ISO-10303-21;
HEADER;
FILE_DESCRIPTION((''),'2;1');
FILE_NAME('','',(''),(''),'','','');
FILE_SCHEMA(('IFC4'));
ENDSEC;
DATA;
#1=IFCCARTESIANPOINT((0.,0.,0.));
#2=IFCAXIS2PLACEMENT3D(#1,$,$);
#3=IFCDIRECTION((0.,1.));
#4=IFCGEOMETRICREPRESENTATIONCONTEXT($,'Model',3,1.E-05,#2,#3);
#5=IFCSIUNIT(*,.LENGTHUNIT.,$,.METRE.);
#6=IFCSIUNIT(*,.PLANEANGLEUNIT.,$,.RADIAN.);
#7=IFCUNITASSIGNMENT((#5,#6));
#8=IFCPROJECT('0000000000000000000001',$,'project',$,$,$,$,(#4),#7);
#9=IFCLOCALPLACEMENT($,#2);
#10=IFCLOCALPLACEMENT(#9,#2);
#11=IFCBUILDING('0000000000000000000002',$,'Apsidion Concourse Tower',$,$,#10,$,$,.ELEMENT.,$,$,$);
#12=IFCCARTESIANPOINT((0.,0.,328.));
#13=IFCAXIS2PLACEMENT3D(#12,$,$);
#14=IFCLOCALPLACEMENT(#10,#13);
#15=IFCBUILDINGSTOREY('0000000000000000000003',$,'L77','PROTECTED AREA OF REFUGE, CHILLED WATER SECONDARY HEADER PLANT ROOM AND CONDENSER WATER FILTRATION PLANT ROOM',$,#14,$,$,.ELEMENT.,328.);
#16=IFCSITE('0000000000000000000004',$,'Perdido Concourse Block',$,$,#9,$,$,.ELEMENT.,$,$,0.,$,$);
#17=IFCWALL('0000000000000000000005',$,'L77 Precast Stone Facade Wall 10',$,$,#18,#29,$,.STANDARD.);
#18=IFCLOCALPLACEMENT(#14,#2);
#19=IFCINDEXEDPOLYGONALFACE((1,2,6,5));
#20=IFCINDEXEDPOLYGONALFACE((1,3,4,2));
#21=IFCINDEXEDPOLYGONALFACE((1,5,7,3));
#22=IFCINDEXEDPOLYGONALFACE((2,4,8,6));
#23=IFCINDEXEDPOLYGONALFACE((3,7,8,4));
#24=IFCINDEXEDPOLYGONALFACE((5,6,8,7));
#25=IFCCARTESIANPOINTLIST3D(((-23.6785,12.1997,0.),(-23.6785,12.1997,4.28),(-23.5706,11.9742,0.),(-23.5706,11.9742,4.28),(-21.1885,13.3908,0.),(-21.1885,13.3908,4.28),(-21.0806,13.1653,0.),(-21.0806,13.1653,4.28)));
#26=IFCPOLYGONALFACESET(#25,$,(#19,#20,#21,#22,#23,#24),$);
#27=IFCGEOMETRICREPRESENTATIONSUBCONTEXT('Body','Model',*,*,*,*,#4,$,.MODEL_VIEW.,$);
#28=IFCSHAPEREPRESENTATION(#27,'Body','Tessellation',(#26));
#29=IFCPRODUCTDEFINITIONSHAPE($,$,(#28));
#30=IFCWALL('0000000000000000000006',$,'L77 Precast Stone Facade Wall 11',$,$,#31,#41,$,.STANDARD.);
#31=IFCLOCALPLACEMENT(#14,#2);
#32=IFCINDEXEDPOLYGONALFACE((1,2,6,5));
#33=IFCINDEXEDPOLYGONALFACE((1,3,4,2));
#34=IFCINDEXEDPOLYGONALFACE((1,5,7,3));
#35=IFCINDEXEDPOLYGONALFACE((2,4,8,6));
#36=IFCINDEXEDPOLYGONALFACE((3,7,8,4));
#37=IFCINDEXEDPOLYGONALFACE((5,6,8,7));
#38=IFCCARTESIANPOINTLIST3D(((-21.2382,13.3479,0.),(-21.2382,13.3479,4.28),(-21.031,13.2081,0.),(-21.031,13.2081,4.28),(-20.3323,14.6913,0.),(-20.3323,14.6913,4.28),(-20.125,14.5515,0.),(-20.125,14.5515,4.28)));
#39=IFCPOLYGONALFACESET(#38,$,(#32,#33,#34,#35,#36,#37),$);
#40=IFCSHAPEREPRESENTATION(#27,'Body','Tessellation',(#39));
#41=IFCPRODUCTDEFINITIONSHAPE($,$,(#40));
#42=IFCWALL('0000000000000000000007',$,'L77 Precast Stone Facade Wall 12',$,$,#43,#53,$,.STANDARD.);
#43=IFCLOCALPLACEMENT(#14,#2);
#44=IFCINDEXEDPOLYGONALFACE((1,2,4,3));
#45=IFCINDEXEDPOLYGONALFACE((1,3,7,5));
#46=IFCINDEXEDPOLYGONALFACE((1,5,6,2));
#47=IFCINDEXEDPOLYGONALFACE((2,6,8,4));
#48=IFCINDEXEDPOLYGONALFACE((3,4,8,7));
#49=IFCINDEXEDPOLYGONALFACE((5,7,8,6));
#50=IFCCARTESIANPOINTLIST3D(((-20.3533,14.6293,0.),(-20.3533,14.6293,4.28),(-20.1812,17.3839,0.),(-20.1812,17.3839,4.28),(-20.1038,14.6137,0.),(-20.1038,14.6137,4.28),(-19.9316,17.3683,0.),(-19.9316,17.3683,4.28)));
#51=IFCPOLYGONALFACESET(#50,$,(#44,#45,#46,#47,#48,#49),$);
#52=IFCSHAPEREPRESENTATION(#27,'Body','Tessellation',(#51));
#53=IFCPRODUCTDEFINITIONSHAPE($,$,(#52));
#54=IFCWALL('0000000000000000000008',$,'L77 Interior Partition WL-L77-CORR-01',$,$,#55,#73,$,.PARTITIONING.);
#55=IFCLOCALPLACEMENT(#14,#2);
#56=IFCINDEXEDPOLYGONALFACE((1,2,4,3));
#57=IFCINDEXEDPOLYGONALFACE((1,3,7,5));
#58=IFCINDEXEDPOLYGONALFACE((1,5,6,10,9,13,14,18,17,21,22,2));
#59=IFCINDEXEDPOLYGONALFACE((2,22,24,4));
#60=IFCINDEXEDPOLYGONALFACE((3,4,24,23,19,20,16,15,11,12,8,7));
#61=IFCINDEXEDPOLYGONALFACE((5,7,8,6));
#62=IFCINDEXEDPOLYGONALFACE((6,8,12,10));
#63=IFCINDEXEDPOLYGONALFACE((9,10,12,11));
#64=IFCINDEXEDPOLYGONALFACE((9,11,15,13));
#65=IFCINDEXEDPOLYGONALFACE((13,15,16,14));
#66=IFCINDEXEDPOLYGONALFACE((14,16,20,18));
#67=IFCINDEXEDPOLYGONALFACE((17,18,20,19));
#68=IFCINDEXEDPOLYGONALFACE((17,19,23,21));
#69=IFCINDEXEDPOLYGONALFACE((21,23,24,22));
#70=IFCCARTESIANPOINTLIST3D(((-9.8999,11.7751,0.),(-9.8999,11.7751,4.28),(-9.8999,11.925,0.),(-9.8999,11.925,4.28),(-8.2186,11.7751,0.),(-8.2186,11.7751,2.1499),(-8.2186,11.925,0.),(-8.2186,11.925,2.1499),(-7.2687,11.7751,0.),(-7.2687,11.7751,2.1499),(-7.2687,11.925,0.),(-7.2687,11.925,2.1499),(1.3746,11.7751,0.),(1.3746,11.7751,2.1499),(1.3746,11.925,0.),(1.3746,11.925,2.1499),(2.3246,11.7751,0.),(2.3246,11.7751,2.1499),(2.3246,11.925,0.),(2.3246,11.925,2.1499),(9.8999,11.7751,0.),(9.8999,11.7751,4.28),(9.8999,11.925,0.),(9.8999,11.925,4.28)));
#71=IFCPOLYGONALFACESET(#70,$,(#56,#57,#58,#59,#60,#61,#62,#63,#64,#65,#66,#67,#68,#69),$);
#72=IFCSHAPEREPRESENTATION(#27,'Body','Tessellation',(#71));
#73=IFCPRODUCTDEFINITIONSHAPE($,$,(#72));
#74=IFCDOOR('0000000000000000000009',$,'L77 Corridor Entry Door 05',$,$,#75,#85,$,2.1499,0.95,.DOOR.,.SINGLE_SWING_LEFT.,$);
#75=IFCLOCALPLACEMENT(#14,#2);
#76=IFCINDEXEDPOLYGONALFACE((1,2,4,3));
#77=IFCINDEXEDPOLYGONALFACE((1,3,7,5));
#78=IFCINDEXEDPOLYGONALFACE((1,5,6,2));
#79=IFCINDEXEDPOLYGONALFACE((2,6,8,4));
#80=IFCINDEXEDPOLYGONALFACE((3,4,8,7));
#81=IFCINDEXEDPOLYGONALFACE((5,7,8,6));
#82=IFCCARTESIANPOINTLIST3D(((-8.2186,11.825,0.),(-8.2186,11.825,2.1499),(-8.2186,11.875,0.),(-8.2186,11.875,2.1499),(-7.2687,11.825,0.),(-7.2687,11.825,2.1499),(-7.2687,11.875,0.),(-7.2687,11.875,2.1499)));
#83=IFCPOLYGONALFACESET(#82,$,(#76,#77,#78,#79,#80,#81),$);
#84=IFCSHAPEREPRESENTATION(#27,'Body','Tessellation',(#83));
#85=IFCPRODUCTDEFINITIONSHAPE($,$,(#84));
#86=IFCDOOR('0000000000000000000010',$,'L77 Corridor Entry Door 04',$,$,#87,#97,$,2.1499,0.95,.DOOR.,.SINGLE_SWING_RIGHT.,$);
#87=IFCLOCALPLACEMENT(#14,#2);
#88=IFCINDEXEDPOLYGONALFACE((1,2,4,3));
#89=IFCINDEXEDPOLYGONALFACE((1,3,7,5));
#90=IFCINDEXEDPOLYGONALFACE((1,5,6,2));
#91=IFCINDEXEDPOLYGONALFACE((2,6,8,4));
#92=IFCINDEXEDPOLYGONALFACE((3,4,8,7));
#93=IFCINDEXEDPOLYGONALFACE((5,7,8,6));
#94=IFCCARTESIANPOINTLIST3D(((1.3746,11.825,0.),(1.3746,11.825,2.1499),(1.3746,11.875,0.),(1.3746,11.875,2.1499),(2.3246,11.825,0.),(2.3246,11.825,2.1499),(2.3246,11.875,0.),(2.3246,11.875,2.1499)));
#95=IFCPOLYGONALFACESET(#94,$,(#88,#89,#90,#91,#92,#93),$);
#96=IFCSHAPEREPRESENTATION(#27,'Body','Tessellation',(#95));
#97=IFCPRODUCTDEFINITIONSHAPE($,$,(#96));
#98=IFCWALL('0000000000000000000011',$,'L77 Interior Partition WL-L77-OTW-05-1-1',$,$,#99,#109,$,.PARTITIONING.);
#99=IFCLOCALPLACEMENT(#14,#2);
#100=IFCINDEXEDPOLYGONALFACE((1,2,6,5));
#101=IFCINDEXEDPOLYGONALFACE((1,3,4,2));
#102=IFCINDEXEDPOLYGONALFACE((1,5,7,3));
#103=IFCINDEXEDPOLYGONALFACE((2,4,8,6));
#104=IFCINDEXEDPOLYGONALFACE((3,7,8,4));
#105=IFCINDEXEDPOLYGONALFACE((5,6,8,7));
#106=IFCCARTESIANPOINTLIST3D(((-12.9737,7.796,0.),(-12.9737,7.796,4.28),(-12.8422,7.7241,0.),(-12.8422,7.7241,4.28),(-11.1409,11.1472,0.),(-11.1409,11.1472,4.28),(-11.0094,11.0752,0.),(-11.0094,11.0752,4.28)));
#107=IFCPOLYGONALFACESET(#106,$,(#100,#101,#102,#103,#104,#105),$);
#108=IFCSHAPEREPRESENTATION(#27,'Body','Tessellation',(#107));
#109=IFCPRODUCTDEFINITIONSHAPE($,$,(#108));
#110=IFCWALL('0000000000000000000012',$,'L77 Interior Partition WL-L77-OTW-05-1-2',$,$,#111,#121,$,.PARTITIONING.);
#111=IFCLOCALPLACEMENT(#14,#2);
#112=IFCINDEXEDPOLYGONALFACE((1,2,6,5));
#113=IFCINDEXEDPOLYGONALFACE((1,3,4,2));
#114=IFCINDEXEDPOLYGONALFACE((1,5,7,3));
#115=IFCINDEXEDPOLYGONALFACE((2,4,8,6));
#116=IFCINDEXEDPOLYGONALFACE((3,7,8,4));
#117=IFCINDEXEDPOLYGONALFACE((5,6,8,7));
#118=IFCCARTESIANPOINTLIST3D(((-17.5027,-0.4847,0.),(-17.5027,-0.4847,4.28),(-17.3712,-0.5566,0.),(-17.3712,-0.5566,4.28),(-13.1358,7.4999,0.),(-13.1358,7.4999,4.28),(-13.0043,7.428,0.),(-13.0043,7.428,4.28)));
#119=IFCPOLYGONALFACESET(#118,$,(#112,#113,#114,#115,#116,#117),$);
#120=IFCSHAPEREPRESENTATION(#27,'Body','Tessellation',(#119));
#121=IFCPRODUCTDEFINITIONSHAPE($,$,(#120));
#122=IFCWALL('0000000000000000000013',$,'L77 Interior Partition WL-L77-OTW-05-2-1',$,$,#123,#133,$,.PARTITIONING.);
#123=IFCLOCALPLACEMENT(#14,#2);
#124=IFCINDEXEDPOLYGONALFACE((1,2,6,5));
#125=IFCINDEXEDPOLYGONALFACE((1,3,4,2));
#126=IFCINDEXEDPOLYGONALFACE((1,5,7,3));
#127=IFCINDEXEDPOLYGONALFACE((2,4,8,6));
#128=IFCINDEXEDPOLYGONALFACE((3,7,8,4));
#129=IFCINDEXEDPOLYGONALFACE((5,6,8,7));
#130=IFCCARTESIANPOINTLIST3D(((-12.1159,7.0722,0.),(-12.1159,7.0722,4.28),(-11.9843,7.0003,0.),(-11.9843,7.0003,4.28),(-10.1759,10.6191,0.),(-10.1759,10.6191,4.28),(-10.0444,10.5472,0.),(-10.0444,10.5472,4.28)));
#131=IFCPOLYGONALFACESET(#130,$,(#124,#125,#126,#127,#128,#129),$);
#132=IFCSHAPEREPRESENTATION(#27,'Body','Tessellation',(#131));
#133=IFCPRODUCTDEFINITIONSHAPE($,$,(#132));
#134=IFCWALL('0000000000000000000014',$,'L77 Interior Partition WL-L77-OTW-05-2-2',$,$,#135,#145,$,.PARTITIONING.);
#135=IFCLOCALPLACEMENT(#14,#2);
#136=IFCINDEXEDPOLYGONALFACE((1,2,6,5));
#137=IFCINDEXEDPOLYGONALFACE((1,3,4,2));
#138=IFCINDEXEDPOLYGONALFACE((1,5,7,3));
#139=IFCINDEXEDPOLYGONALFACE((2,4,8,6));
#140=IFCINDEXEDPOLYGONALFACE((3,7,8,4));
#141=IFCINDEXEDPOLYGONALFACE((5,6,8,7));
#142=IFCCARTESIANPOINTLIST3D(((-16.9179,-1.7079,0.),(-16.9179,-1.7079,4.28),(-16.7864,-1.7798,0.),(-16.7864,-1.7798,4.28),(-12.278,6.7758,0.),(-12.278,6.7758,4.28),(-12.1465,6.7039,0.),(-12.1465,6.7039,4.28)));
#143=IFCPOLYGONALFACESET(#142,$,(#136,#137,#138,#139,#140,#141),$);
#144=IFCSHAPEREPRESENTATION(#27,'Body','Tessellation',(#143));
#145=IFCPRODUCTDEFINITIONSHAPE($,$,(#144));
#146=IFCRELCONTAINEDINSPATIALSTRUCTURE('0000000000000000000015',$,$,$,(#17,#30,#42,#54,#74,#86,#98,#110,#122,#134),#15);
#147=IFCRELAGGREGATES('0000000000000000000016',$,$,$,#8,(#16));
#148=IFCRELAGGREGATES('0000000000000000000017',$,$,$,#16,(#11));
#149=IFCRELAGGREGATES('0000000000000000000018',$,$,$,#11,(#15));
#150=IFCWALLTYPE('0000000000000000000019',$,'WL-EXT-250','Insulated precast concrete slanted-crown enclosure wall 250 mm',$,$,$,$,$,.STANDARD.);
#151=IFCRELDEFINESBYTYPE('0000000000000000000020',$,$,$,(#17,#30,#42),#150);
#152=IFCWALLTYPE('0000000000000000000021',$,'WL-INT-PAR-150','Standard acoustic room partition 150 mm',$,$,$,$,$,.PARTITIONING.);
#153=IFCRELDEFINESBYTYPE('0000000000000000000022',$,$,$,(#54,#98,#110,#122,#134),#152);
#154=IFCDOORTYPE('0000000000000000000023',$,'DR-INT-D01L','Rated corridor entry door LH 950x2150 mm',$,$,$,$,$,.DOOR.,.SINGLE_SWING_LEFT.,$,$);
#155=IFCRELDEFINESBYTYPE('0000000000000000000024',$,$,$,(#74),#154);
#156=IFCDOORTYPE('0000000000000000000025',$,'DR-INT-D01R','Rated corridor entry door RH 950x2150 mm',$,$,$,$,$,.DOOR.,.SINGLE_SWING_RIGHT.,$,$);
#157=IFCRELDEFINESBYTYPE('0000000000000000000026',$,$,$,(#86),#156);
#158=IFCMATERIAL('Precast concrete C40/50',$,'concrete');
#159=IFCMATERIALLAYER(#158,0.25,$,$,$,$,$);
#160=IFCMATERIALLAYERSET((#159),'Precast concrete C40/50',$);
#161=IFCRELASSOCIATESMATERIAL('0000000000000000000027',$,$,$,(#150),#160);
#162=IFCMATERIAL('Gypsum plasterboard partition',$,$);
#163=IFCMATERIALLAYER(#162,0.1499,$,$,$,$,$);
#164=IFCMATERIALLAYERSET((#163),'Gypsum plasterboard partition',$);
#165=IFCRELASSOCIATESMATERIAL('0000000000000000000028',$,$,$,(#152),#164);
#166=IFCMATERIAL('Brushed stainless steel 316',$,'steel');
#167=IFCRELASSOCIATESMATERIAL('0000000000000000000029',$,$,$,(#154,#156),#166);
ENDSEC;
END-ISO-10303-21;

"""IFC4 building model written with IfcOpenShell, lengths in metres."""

from ifc_helpers import new_model, si_unit, direction, frame, frame_2d, origin, place, context, subcontext, project, spatial, rectangle, extrude, material, layer, layer_set, type_object, element, fill, save


model = new_model("IFC4")

# Units and contexts
model_context = context("Model", 3, precision=1e-05, world=origin(), true_north=direction((0.0, 1.0)))
body_context = subcontext(model_context, "Body", "Model", "MODEL_VIEW")
ifc_project = project(units=[si_unit("LENGTHUNIT", "METRE"), si_unit("PLANEANGLEUNIT", "RADIAN")], contexts=[model_context])

# Site, building, storey
site_placement = place(None, origin())
site = spatial("IfcSite", under=ifc_project, at=site_placement, Name="Perdido Concourse Block", CompositionType="ELEMENT", RefElevation=0.0)
building_placement = place(site_placement, origin())
building = spatial("IfcBuilding", under=site, at=building_placement, Name="Apsidion Concourse Tower", CompositionType="ELEMENT")
storey_placement = place(building_placement, frame((0.0, 0.0, 328.0)))
storey = spatial("IfcBuildingStorey", under=building, at=storey_placement, Name="L77", Description="PROTECTED AREA OF REFUGE, CHILLED WATER SECONDARY HEADER PLANT ROOM AND CONDENSER WATER FILTRATION PLANT ROOM", CompositionType="ELEMENT", Elevation=328.0)

# Walls
ifc_material_1 = material(Name="Precast concrete C40/50", Category="concrete")
ifc_layer_1 = layer(ifc_material_1, 0.25)
ifc_layer_set_1 = layer_set([ifc_layer_1], Name="Precast concrete C40/50")
wall_type_1 = type_object("IfcWallType", Name="WL-EXT-250", Description="Insulated precast concrete slanted-crown enclosure wall 250 mm", PredefinedType="STANDARD", material=ifc_layer_set_1)
wall_1_placement = place(storey_placement, frame((-23.6245, 12.0869, 0.0), z_axis=(0.0, 0.0, 1.0), x_axis=(0.902092, 0.431543, 0.0)))
element("IfcWall", 1, at=wall_1_placement, inside=storey, type_object=wall_type_1, Name="L77 Precast Stone Facade Wall 10", PredefinedType="STANDARD", context=body_context, shape_type="SweptSolid", body=[
    extrude(rectangle(XDim=2.7603, YDim=0.25, at=frame_2d((1.3801, 0.0))), origin(), (0.0, 0.0, 1.0), 4.28),
])
wall_2_placement = place(storey_placement, frame((-21.1345, 13.2781, 0.0), z_axis=(0.0, 0.0, 1.0), x_axis=(0.559108, 0.829095, 0.0)))
element("IfcWall", 2, at=wall_2_placement, inside=storey, type_object=wall_type_1, Name="L77 Precast Stone Facade Wall 11", PredefinedType="STANDARD", context=body_context, shape_type="SweptSolid", body=[
    extrude(rectangle(XDim=1.6204, YDim=0.25, at=frame_2d((0.8101, 0.0))), origin(), (0.0, 0.0, 1.0), 4.28),
])
wall_3_placement = place(storey_placement, frame((-20.2285, 14.6216, 0.0), z_axis=(0.0, 0.0, 1.0), x_axis=(0.062362, 0.998054, 0.0)))
element("IfcWall", 3, at=wall_3_placement, inside=storey, type_object=wall_type_1, Name="L77 Precast Stone Facade Wall 12", PredefinedType="STANDARD", context=body_context, shape_type="SweptSolid", body=[
    extrude(rectangle(XDim=2.76, YDim=0.25, at=frame_2d((1.3799, 0.0))), origin(), (0.0, 0.0, 1.0), 4.28),
])

# Wall, openings, doors
ifc_material_2 = material(Name="Gypsum plasterboard partition")
ifc_layer_2 = layer(ifc_material_2, 0.1499)
ifc_layer_set_2 = layer_set([ifc_layer_2], Name="Gypsum plasterboard partition")
wall_type_2 = type_object("IfcWallType", Name="WL-INT-PAR-150", Description="Standard acoustic room partition 150 mm", PredefinedType="PARTITIONING", material=ifc_layer_set_2)
wall_4_placement = place(storey_placement, frame((-9.8999, 11.8501, 0.0), z_axis=(0.0, 0.0, 1.0), x_axis=(1.0, 0.0, 0.0)))
wall_4 = element("IfcWall", 4, at=wall_4_placement, inside=storey, type_object=wall_type_2, Name="L77 Interior Partition WL-L77-CORR-01", PredefinedType="PARTITIONING", context=body_context, shape_type="SweptSolid", body=[
    extrude(rectangle(XDim=19.7998, YDim=0.1499, at=frame_2d((9.8999, 0.0))), origin(), (0.0, 0.0, 1.0), 4.28),
])
opening_1_placement = place(wall_4_placement, frame((11.2744, 0.0, 0.0)))
opening_1 = element("IfcOpeningElement", 5, at=opening_1_placement, cuts=wall_4, PredefinedType="OPENING", context=body_context, shape_type="SweptSolid", body=[
    extrude(rectangle(XDim=0.95, YDim=2.1499, at=frame_2d((0.4751, 1.075))), frame((0.0, 0.085, 0.0), z_axis=(0.0, -1.0, 0.0), x_axis=(1.0, 0.0, 0.0)), (0.0, 0.0, 1.0), 0.1699),
])
opening_2_placement = place(wall_4_placement, frame((1.6812, 0.0, 0.0)))
opening_2 = element("IfcOpeningElement", 6, at=opening_2_placement, cuts=wall_4, PredefinedType="OPENING", context=body_context, shape_type="SweptSolid", body=[
    extrude(rectangle(XDim=0.95, YDim=2.1499, at=frame_2d((0.4751, 1.075))), frame((0.0, 0.085, 0.0), z_axis=(0.0, -1.0, 0.0), x_axis=(1.0, 0.0, 0.0)), (0.0, 0.0, 1.0), 0.1699),
])
ifc_material_3 = material(Name="Brushed stainless steel 316", Category="steel")
door_type_1 = type_object("IfcDoorType", Name="DR-INT-D01L", Description="Rated corridor entry door LH 950x2150 mm", OperationType="SINGLE_SWING_LEFT", PredefinedType="DOOR", material=ifc_material_3)
door_1_placement = place(opening_2_placement, origin())
door_1 = element("IfcDoor", 7, at=door_1_placement, inside=storey, type_object=door_type_1, Name="L77 Corridor Entry Door 05", OperationType="SINGLE_SWING_LEFT", OverallHeight=2.1499, OverallWidth=0.95, PredefinedType="DOOR", context=body_context, shape_type="SweptSolid", body=[
    extrude(rectangle(XDim=0.95, YDim=2.1499, at=frame_2d((0.4751, 1.075))), frame((0.0, 0.0249, 0.0), z_axis=(0.0, -1.0, 0.0), x_axis=(1.0, 0.0, 0.0)), (0.0, 0.0, 1.0), 0.05),
])
fill(opening_2, door_1)
door_type_2 = type_object("IfcDoorType", Name="DR-INT-D01R", Description="Rated corridor entry door RH 950x2150 mm", OperationType="SINGLE_SWING_RIGHT", PredefinedType="DOOR", material=ifc_material_3)
door_2_placement = place(opening_1_placement, origin())
door_2 = element("IfcDoor", 8, at=door_2_placement, inside=storey, type_object=door_type_2, Name="L77 Corridor Entry Door 04", OperationType="SINGLE_SWING_RIGHT", OverallHeight=2.1499, OverallWidth=0.95, PredefinedType="DOOR", context=body_context, shape_type="SweptSolid", body=[
    extrude(rectangle(XDim=0.95, YDim=2.1499, at=frame_2d((0.4751, 1.075))), frame((0.0, 0.0249, 0.0), z_axis=(0.0, -1.0, 0.0), x_axis=(1.0, 0.0, 0.0)), (0.0, 0.0, 1.0), 0.05),
])
fill(opening_1, door_2)

# Walls
wall_5_placement = place(storey_placement, frame((-11.0752, 11.1111, 0.0), z_axis=(0.0, 0.0, 1.0), x_axis=(-0.479842, -0.877355, 0.0)))
element("IfcWall", 9, at=wall_5_placement, inside=storey, type_object=wall_type_2, Name="L77 Interior Partition WL-L77-OTW-05-1-1", PredefinedType="PARTITIONING", context=body_context, shape_type="SweptSolid", body=[
    extrude(rectangle(XDim=3.8196, YDim=0.1499, at=frame_2d((1.9097, 0.0))), origin(), (0.0, 0.0, 1.0), 4.28),
])
wall_6_placement = place(storey_placement, frame((-13.0701, 7.4639, 0.0), z_axis=(0.0, 0.0, 1.0), x_axis=(-0.479842, -0.877355, 0.0)))
element("IfcWall", 10, at=wall_6_placement, inside=storey, type_object=wall_type_2, Name="L77 Interior Partition WL-L77-OTW-05-1-2", PredefinedType="PARTITIONING", context=body_context, shape_type="SweptSolid", body=[
    extrude(rectangle(XDim=9.1008, YDim=0.1499, at=frame_2d((4.5503, 0.0))), origin(), (0.0, 0.0, 1.0), 4.28),
])
wall_7_placement = place(storey_placement, frame((-10.1101, 10.5833, 0.0), z_axis=(0.0, 0.0, 1.0), x_axis=(-0.479859, -0.877346, 0.0)))
element("IfcWall", 11, at=wall_7_placement, inside=storey, type_object=wall_type_2, Name="L77 Interior Partition WL-L77-OTW-05-2-1", PredefinedType="PARTITIONING", context=body_context, shape_type="SweptSolid", body=[
    extrude(rectangle(XDim=4.0427, YDim=0.1499, at=frame_2d((2.0215, 0.0))), origin(), (0.0, 0.0, 1.0), 4.28),
])
wall_8_placement = place(storey_placement, frame((-12.2122, 6.74, 0.0), z_axis=(0.0, 0.0, 1.0), x_axis=(-0.479844, -0.877354, 0.0)))
element("IfcWall", 12, at=wall_8_placement, inside=storey, type_object=wall_type_2, Name="L77 Interior Partition WL-L77-OTW-05-2-2", PredefinedType="PARTITIONING", context=body_context, shape_type="SweptSolid", body=[
    extrude(rectangle(XDim=9.6697, YDim=0.1499, at=frame_2d((4.835, 0.0))), origin(), (0.0, 0.0, 1.0), 4.28),
])

save(model, "model.ifc")
